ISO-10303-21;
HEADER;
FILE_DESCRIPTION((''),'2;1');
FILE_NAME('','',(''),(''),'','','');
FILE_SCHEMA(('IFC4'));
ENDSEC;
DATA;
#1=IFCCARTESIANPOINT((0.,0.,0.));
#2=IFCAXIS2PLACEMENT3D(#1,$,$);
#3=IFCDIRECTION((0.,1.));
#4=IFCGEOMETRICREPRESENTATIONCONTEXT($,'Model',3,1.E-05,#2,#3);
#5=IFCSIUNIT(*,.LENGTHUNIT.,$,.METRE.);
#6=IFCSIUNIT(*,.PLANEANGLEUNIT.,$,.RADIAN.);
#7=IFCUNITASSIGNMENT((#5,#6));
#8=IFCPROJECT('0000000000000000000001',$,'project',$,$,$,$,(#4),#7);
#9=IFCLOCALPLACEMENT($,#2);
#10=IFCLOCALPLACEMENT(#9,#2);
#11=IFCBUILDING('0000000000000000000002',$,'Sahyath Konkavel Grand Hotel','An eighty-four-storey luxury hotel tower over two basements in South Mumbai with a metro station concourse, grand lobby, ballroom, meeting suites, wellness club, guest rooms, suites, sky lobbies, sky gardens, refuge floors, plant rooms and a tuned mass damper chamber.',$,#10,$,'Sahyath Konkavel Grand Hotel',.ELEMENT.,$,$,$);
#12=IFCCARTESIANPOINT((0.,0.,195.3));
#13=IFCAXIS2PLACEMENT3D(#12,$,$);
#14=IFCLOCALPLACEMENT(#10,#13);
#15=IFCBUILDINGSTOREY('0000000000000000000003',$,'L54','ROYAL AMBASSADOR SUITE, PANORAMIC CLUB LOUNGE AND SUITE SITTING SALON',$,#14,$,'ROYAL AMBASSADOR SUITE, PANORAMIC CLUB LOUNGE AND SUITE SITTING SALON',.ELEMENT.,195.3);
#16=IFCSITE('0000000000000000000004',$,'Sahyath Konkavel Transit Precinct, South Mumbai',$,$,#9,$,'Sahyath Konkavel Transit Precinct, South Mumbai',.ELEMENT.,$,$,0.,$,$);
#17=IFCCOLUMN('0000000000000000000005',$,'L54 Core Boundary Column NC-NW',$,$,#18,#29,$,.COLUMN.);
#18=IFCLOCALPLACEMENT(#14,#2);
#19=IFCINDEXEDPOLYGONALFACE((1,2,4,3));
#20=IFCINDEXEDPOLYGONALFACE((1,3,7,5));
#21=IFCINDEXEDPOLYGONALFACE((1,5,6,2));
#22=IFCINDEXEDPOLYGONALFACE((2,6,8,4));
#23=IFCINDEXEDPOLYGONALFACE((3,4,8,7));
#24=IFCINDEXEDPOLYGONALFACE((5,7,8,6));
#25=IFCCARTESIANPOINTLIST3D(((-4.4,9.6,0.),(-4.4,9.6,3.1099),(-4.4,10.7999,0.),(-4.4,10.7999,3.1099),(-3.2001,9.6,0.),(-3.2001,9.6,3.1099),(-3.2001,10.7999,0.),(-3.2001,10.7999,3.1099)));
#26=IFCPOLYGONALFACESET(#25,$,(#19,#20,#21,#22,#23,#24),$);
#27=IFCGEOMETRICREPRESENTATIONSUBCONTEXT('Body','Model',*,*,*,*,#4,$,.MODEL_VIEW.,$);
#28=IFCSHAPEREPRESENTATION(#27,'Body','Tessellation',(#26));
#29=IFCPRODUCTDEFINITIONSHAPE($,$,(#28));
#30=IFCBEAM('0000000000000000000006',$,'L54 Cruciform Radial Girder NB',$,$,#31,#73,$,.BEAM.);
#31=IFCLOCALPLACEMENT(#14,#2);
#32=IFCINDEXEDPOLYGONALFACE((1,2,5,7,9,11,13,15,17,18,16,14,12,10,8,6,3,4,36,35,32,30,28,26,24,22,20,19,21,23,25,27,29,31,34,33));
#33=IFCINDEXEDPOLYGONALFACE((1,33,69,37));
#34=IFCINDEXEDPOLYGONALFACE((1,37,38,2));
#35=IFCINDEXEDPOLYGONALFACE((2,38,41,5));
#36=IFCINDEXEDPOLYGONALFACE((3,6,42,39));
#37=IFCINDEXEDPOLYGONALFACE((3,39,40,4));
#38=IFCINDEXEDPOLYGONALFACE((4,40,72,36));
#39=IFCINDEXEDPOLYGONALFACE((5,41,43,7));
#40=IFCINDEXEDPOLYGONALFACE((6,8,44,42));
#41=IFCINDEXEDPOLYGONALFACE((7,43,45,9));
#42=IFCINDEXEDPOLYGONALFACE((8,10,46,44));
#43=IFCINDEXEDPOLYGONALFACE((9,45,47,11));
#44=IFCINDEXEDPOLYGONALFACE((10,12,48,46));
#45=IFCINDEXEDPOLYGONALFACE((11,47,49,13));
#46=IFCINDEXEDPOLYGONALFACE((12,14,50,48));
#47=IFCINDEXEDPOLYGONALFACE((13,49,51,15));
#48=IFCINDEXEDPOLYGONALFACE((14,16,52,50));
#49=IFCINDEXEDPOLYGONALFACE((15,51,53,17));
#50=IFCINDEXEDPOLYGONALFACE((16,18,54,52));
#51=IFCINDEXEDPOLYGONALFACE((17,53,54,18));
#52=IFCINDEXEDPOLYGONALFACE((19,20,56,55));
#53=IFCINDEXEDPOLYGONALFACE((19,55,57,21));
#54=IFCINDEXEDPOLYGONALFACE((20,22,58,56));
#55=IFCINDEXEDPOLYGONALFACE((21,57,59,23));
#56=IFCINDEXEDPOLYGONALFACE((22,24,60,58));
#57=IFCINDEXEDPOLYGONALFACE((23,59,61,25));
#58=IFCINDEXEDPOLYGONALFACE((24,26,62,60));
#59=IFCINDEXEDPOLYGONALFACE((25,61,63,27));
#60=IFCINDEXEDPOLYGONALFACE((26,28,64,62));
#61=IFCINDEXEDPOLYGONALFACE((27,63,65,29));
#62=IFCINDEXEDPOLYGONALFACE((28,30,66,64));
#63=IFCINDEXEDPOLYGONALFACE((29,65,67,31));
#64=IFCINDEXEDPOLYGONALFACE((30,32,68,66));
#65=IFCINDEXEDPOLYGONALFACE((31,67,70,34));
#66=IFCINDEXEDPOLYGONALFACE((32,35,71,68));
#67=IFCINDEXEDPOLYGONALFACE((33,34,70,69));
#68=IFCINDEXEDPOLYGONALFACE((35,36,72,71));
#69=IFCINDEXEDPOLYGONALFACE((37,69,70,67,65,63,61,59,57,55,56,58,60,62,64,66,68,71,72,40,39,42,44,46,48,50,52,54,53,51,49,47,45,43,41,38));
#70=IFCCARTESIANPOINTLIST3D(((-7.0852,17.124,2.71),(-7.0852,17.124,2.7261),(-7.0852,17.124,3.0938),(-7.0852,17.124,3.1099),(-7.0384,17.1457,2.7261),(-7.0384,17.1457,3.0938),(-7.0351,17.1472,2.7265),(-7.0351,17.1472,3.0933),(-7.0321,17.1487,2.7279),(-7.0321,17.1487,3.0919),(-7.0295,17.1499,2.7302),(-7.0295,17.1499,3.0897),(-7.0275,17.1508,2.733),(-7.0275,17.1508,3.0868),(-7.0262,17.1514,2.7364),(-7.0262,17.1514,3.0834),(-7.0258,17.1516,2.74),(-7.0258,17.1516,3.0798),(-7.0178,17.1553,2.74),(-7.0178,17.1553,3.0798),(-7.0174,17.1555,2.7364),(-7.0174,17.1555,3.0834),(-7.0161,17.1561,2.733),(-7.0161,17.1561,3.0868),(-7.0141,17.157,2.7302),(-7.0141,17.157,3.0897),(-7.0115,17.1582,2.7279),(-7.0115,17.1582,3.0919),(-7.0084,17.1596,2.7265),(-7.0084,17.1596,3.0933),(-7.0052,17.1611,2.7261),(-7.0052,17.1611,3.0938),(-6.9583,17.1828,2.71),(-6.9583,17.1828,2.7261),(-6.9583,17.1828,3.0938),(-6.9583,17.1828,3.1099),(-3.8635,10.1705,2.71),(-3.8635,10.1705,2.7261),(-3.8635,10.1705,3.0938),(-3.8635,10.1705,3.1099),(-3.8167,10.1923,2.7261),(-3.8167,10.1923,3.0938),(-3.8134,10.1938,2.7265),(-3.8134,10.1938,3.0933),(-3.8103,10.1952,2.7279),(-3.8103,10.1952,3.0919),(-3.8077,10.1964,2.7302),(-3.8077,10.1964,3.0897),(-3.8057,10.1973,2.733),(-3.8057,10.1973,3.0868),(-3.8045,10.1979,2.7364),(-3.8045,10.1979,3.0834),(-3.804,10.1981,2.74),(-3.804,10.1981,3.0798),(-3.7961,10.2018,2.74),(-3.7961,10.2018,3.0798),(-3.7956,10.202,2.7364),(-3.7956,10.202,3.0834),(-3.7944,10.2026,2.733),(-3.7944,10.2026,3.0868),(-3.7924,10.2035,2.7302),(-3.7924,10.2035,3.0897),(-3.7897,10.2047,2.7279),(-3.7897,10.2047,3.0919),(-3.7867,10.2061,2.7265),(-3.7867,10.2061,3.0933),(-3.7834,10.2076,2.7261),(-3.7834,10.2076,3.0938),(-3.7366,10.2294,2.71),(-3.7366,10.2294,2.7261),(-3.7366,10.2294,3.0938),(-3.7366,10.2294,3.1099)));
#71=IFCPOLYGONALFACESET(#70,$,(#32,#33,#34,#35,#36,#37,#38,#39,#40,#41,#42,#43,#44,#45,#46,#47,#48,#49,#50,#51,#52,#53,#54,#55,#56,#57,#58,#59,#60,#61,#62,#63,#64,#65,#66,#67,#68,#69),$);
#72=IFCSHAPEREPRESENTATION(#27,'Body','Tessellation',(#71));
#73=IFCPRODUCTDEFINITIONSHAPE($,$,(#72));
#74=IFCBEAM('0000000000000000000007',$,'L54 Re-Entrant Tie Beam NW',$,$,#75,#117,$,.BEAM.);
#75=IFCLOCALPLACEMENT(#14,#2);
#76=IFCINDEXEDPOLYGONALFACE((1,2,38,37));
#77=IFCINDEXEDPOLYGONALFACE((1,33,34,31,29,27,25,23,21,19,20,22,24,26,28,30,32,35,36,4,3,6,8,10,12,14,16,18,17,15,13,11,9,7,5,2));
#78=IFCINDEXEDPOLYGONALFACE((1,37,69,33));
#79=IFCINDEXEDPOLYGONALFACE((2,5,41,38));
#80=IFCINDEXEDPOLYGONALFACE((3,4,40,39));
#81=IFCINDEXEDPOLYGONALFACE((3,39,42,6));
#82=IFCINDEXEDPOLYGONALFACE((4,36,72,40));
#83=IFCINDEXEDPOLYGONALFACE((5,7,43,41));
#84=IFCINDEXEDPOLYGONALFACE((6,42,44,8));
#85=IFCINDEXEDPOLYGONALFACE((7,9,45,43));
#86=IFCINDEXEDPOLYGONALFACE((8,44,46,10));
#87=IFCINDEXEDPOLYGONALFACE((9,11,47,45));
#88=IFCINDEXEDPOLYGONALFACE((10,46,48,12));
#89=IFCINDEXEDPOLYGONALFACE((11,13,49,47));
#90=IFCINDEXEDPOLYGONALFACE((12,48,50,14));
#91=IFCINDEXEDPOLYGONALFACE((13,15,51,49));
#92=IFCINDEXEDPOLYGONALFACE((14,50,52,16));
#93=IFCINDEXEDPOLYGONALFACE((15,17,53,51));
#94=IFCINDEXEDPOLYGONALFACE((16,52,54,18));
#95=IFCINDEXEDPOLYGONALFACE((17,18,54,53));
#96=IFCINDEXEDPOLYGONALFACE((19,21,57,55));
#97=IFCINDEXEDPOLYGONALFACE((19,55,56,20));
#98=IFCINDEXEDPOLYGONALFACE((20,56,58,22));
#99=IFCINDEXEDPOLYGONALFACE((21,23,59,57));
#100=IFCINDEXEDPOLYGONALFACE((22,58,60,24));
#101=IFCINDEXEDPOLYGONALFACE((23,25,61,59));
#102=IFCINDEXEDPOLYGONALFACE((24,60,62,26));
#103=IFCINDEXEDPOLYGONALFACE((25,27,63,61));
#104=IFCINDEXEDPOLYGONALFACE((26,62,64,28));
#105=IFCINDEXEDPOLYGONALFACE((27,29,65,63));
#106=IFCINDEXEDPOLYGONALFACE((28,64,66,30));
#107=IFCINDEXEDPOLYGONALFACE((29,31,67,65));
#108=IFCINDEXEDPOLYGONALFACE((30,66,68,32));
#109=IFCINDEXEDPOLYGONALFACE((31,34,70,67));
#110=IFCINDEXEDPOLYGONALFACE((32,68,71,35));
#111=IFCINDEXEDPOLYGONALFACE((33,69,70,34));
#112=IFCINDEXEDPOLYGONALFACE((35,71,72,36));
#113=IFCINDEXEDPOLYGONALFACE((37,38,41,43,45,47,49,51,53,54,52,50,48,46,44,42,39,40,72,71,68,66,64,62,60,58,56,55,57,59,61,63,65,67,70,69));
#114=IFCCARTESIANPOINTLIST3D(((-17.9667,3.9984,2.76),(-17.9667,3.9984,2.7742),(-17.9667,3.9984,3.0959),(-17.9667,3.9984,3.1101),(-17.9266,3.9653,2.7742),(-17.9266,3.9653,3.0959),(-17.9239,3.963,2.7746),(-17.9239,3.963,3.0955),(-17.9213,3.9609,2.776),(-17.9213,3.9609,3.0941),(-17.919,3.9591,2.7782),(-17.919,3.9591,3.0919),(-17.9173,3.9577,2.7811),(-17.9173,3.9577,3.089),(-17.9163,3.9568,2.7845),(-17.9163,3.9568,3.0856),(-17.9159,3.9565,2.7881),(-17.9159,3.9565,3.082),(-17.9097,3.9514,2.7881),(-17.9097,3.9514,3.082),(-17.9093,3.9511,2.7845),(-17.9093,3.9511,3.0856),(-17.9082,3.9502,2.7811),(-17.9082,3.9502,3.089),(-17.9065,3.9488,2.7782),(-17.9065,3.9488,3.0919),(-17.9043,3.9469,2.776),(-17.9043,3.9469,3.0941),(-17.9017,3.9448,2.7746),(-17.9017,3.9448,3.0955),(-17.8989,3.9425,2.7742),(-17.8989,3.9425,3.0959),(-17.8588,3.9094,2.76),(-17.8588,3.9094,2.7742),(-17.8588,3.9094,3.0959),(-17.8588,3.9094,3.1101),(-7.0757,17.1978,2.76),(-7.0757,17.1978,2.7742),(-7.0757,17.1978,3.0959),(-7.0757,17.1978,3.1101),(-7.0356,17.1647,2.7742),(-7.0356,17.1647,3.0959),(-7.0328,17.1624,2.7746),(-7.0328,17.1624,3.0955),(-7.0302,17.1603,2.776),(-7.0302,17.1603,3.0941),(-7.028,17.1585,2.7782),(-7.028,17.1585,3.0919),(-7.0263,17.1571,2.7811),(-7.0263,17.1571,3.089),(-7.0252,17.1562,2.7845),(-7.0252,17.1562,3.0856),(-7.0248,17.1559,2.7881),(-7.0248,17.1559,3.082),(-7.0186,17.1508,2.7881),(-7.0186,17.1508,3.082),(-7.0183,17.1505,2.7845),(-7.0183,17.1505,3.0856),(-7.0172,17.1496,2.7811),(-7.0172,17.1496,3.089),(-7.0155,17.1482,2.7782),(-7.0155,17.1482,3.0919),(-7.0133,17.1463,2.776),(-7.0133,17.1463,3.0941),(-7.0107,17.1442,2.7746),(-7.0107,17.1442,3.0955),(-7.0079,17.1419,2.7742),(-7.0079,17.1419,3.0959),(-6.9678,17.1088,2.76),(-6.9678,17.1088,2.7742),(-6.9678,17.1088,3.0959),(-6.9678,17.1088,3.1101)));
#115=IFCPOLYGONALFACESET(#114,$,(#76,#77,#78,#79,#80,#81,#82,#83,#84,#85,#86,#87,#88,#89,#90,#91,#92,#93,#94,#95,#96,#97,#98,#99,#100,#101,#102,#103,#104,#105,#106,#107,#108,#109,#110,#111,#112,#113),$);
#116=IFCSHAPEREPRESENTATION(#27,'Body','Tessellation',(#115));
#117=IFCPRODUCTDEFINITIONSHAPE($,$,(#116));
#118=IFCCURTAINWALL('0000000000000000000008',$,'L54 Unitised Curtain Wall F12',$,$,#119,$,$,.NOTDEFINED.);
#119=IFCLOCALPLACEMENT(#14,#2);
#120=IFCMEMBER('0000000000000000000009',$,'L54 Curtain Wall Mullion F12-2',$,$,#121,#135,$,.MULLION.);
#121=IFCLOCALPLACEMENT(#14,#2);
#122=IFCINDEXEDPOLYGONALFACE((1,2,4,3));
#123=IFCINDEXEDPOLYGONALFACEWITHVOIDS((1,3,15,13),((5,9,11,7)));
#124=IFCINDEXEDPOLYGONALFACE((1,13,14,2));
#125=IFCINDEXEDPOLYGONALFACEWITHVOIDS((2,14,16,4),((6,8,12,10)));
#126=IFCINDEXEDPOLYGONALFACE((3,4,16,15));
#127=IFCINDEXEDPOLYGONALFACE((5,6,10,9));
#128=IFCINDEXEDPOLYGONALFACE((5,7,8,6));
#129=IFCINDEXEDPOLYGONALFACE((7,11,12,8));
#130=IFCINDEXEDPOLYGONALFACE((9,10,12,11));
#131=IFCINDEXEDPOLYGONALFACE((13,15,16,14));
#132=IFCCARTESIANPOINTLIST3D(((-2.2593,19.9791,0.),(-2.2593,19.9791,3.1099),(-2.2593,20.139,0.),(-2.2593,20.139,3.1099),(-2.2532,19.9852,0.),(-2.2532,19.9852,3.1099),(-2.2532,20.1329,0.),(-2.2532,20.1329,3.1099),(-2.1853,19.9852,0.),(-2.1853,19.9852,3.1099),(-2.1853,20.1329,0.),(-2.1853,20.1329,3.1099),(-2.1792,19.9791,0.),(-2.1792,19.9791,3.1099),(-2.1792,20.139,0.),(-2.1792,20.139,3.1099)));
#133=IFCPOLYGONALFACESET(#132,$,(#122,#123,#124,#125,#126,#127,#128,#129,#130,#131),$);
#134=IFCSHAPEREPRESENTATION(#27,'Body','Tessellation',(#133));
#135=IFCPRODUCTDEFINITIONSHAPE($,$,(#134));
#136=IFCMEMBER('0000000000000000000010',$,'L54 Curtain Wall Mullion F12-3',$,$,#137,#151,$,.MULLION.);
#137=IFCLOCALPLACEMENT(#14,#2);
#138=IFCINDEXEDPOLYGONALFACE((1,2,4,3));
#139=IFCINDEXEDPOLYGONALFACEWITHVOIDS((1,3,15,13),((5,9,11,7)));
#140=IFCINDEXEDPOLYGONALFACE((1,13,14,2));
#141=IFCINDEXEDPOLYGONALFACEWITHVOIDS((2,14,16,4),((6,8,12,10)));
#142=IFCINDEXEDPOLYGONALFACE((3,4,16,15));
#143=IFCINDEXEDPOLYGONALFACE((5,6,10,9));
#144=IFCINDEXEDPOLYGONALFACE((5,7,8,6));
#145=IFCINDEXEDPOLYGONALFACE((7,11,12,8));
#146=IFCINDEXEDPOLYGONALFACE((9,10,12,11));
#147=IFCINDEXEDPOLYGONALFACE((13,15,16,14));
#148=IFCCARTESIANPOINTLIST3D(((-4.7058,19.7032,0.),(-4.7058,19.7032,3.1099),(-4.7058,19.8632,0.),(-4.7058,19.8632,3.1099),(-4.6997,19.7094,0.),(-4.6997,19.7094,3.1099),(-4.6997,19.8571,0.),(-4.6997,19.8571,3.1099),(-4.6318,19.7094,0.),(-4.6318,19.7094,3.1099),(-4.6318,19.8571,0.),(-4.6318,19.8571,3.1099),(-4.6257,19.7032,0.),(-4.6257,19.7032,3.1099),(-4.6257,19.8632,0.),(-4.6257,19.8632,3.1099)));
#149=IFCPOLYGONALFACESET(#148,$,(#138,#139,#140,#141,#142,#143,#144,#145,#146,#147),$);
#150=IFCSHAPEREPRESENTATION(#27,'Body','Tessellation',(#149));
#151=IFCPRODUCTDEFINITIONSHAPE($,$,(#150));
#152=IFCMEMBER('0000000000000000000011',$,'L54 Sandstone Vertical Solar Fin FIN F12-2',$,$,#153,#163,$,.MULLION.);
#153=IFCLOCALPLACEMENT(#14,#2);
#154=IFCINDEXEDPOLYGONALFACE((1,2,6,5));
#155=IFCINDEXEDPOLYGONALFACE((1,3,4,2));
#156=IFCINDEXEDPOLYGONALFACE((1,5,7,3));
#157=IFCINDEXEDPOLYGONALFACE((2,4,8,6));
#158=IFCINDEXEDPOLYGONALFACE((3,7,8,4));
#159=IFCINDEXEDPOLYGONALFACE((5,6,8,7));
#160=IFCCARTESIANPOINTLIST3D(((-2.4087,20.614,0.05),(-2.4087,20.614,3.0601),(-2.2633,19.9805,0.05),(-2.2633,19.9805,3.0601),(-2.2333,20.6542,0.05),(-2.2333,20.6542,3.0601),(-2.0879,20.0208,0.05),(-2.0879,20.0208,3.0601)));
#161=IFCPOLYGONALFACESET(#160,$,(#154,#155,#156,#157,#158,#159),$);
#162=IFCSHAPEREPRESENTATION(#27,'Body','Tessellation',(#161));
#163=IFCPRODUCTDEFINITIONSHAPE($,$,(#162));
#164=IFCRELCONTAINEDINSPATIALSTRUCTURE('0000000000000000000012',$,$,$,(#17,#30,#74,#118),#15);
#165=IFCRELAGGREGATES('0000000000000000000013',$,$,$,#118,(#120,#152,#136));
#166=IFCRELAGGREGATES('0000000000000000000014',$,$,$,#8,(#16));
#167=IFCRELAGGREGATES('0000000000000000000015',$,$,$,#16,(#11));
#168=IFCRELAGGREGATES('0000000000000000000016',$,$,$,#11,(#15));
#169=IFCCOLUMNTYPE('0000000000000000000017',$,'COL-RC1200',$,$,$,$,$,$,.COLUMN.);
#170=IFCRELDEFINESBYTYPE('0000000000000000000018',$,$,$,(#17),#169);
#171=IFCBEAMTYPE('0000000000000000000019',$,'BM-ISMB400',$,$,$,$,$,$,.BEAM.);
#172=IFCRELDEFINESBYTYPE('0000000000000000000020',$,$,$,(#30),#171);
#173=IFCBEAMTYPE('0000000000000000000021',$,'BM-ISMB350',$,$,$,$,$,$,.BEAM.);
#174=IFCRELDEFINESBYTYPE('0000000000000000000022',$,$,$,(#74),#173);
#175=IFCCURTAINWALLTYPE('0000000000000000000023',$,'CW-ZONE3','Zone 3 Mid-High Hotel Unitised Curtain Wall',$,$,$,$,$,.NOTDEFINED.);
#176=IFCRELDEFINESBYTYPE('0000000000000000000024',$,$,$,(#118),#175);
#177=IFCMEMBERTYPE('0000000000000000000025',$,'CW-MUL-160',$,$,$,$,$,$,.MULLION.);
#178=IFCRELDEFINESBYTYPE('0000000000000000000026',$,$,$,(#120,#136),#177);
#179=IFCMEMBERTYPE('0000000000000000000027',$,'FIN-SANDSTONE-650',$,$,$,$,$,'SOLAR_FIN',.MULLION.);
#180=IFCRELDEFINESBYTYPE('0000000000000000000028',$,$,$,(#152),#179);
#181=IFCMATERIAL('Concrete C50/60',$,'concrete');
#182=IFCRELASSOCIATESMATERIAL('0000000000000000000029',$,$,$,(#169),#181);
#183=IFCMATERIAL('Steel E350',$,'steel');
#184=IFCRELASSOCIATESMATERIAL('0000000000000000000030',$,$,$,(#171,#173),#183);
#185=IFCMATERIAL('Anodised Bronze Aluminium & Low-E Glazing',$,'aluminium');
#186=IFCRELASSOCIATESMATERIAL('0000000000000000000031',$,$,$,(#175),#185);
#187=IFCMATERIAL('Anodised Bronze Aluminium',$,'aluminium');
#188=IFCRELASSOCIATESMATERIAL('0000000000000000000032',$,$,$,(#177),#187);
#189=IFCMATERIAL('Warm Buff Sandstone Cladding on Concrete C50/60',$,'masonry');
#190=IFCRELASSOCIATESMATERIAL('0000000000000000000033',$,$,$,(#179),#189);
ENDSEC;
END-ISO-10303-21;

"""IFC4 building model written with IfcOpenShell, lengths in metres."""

from ifc_helpers import new_model, si_unit, direction, frame, origin, origin_2d, place, context, subcontext, project, spatial, rectangle, hollow_rectangle, i_section, extrude, source, transform, mapped, material, material_profile, profile_set, type_object, element, aggregate, save


model = new_model("IFC4")

# Units and contexts
model_context = context("Model", 3, precision=1e-05, world=origin(), true_north=direction((0.0, 1.0)))
body_context = subcontext(model_context, "Body", "Model", "MODEL_VIEW")
ifc_project = project(units=[si_unit("LENGTHUNIT", "METRE"), si_unit("PLANEANGLEUNIT", "RADIAN")], contexts=[model_context])

# Site, building, storey
site_placement = place(None, origin())
site = spatial("IfcSite", under=ifc_project, at=site_placement, Name="Sahyath Konkavel Transit Precinct, South Mumbai", LongName="Sahyath Konkavel Transit Precinct, South Mumbai", CompositionType="ELEMENT", RefElevation=0.0)
building_placement = place(site_placement, origin())
building = spatial("IfcBuilding", under=site, at=building_placement, Name="Sahyath Konkavel Grand Hotel", Description="An eighty-four-storey luxury hotel tower over two basements in South Mumbai with a metro station concourse, grand lobby, ballroom, meeting suites, wellness club, guest rooms, suites, sky lobbies, sky gardens, refuge floors, plant rooms and a tuned mass damper chamber.", LongName="Sahyath Konkavel Grand Hotel", CompositionType="ELEMENT")
storey_placement = place(building_placement, frame((0.0, 0.0, 195.3)))
storey = spatial("IfcBuildingStorey", under=building, at=storey_placement, Name="L54", Description="ROYAL AMBASSADOR SUITE, PANORAMIC CLUB LOUNGE AND SUITE SITTING SALON", LongName="ROYAL AMBASSADOR SUITE, PANORAMIC CLUB LOUNGE AND SUITE SITTING SALON", CompositionType="ELEMENT", Elevation=195.3)

# Column
ifc_material_1 = material(Name="Concrete C50/60", Category="concrete")
ifc_material_profile_1 = material_profile(ifc_material_1, rectangle(XDim=1.2, YDim=1.2, at=origin_2d()), Name="RC 1200x1200")
ifc_profile_set_1 = profile_set([ifc_material_profile_1], Name="Concrete C50/60")
column_type = type_object("IfcColumnType", Name="COL-RC1200", PredefinedType="COLUMN", material=ifc_profile_set_1)
shared_shape_1 = source(origin(), body_context, "Body", "SweptSolid", [
    extrude(rectangle(XDim=1.2, YDim=1.2, at=origin_2d()), origin(), (0.0, 0.0, 1.0), 3.1099),
])
column_placement = place(storey_placement, frame((-3.8, 10.2, 0.0), z_axis=(0.0, 0.0, 1.0), x_axis=(1.0, 0.0, 0.0)))
element("IfcColumn", 1, at=column_placement, inside=storey, type_object=column_type, Name="L54 Core Boundary Column NC-NW", PredefinedType="COLUMN", context=body_context, shape_type="MappedRepresentation", body=[
    mapped(shared_shape_1, transform((0.0, 0.0, 0.0), scale=1.0)),
])

# Beams
ifc_material_2 = material(Name="Steel E350", Category="steel")
ifc_material_profile_2 = material_profile(ifc_material_2, i_section(OverallWidth=0.1399, OverallDepth=0.3999, WebThickness=0.0088, FlangeThickness=0.0161, FilletRadius=0.0139, at=origin_2d()), Name="ISMB 400")
ifc_profile_set_2 = profile_set([ifc_material_profile_2], Name="Steel E350")
beam_type_1 = type_object("IfcBeamType", Name="BM-ISMB400", PredefinedType="BEAM", material=ifc_profile_set_2)
shared_shape_2 = source(origin(), body_context, "Body", "SweptSolid", [
    extrude(i_section(OverallWidth=0.1399, OverallDepth=0.3999, WebThickness=0.0088, FlangeThickness=0.0161, FilletRadius=0.0139, at=origin_2d()), origin(), (0.0, 0.0, 1.0), 7.6636),
])
beam_1_placement = place(storey_placement, frame((-3.8, 10.2, 2.9099), z_axis=(-0.420395, 0.907341, 0.0), x_axis=(-0.907341, -0.420395, 0.0)))
element("IfcBeam", 2, at=beam_1_placement, inside=storey, type_object=beam_type_1, Name="L54 Cruciform Radial Girder NB", PredefinedType="BEAM", context=body_context, shape_type="MappedRepresentation", body=[
    mapped(shared_shape_2, transform((0.0, 0.0, 0.0), scale=1.0)),
])
ifc_material_profile_3 = material_profile(ifc_material_2, i_section(OverallWidth=0.1399, OverallDepth=0.3501, WebThickness=0.0081, FlangeThickness=0.0142, FilletRadius=0.0139, at=origin_2d()), Name="ISMB 350")
ifc_profile_set_3 = profile_set([ifc_material_profile_3], Name="Steel E350")
beam_type_2 = type_object("IfcBeamType", Name="BM-ISMB350", PredefinedType="BEAM", material=ifc_profile_set_3)
shared_shape_3 = source(origin(), body_context, "Body", "SweptSolid", [
    extrude(i_section(OverallWidth=0.1399, OverallDepth=0.3501, WebThickness=0.0081, FlangeThickness=0.0142, FilletRadius=0.0139, at=origin_2d()), origin(), (0.0, 0.0, 1.0), 17.1125),
])
beam_2_placement = place(storey_placement, frame((-7.0217, 17.1533, 2.9351), z_axis=(-0.636437, -0.771329, 0.0), x_axis=(0.771329, -0.636437, 0.0)))
element("IfcBeam", 3, at=beam_2_placement, inside=storey, type_object=beam_type_2, Name="L54 Re-Entrant Tie Beam NW", PredefinedType="BEAM", context=body_context, shape_type="MappedRepresentation", body=[
    mapped(shared_shape_3, transform((0.0, 0.0, 0.0), scale=1.0)),
])

# Curtain wall, members
ifc_material_3 = material(Name="Anodised Bronze Aluminium & Low-E Glazing", Category="aluminium")
curtain_wall_type = type_object("IfcCurtainWallType", Name="CW-ZONE3", Description="Zone 3 Mid-High Hotel Unitised Curtain Wall", PredefinedType="NOTDEFINED", material=ifc_material_3)
curtain_wall_placement = place(storey_placement, origin())
curtain_wall = element("IfcCurtainWall", 4, at=curtain_wall_placement, inside=storey, type_object=curtain_wall_type, Name="L54 Unitised Curtain Wall F12", PredefinedType="NOTDEFINED")
ifc_material_4 = material(Name="Anodised Bronze Aluminium", Category="aluminium")
ifc_material_profile_4 = material_profile(ifc_material_4, hollow_rectangle(XDim=0.0801, YDim=0.1599, WallThickness=0.0061, at=origin_2d()), Name="RHS 160x80x6")
ifc_profile_set_4 = profile_set([ifc_material_profile_4], Name="Anodised Bronze Aluminium")
member_type_1 = type_object("IfcMemberType", Name="CW-MUL-160", PredefinedType="MULLION", material=ifc_profile_set_4)
shared_shape_4 = source(origin(), body_context, "Body", "SweptSolid", [
    extrude(hollow_rectangle(XDim=0.0801, YDim=0.1599, WallThickness=0.0061, at=origin_2d()), origin(), (0.0, 0.0, 1.0), 3.1099),
])
member_1_placement = place(storey_placement, frame((-2.2192, 20.0591, 0.0), z_axis=(0.0, 0.0, 1.0), x_axis=(1.0, 0.0, 0.0)))
member_1 = element("IfcMember", 5, at=member_1_placement, type_object=member_type_1, Name="L54 Curtain Wall Mullion F12-2", PredefinedType="MULLION", context=body_context, shape_type="MappedRepresentation", body=[
    mapped(shared_shape_4, transform((0.0, 0.0, 0.0), scale=1.0)),
])
member_2_placement = place(storey_placement, frame((-4.6658, 19.7832, 0.0), z_axis=(0.0, 0.0, 1.0), x_axis=(1.0, 0.0, 0.0)))
member_2 = element("IfcMember", 6, at=member_2_placement, type_object=member_type_1, Name="L54 Curtain Wall Mullion F12-3", PredefinedType="MULLION", context=body_context, shape_type="MappedRepresentation", body=[
    mapped(shared_shape_4, transform((0.0, 0.0, 0.0), scale=1.0)),
])
ifc_material_5 = material(Name="Warm Buff Sandstone Cladding on Concrete C50/60", Category="masonry")
ifc_material_profile_5 = material_profile(ifc_material_5, rectangle(XDim=0.1799, YDim=0.6499, at=origin_2d()), Name="FIN 180x650")
ifc_profile_set_5 = profile_set([ifc_material_profile_5], Name="Warm Buff Sandstone Cladding on Concrete C50/60")
member_type_2 = type_object("IfcMemberType", Name="FIN-SANDSTONE-650", ElementType="SOLAR_FIN", PredefinedType="MULLION", material=ifc_profile_set_5)
shared_shape_5 = source(origin(), body_context, "Body", "SweptSolid", [
    extrude(rectangle(XDim=0.1799, YDim=0.6499, at=origin_2d()), origin(), (0.0, 0.0, 1.0), 3.01),
])
member_3_placement = place(storey_placement, frame((-2.2483, 20.3174, 0.05), z_axis=(0.0, 0.0, 1.0), x_axis=(0.974644, 0.22376, 0.0)))
member_3 = element("IfcMember", 7, at=member_3_placement, type_object=member_type_2, Name="L54 Sandstone Vertical Solar Fin FIN F12-2", PredefinedType="MULLION", context=body_context, shape_type="MappedRepresentation", body=[
    mapped(shared_shape_5, transform((0.0, 0.0, 0.0), scale=1.0)),
])

aggregate(curtain_wall, [member_1, member_3, member_2])

save(model, "model.ifc")
